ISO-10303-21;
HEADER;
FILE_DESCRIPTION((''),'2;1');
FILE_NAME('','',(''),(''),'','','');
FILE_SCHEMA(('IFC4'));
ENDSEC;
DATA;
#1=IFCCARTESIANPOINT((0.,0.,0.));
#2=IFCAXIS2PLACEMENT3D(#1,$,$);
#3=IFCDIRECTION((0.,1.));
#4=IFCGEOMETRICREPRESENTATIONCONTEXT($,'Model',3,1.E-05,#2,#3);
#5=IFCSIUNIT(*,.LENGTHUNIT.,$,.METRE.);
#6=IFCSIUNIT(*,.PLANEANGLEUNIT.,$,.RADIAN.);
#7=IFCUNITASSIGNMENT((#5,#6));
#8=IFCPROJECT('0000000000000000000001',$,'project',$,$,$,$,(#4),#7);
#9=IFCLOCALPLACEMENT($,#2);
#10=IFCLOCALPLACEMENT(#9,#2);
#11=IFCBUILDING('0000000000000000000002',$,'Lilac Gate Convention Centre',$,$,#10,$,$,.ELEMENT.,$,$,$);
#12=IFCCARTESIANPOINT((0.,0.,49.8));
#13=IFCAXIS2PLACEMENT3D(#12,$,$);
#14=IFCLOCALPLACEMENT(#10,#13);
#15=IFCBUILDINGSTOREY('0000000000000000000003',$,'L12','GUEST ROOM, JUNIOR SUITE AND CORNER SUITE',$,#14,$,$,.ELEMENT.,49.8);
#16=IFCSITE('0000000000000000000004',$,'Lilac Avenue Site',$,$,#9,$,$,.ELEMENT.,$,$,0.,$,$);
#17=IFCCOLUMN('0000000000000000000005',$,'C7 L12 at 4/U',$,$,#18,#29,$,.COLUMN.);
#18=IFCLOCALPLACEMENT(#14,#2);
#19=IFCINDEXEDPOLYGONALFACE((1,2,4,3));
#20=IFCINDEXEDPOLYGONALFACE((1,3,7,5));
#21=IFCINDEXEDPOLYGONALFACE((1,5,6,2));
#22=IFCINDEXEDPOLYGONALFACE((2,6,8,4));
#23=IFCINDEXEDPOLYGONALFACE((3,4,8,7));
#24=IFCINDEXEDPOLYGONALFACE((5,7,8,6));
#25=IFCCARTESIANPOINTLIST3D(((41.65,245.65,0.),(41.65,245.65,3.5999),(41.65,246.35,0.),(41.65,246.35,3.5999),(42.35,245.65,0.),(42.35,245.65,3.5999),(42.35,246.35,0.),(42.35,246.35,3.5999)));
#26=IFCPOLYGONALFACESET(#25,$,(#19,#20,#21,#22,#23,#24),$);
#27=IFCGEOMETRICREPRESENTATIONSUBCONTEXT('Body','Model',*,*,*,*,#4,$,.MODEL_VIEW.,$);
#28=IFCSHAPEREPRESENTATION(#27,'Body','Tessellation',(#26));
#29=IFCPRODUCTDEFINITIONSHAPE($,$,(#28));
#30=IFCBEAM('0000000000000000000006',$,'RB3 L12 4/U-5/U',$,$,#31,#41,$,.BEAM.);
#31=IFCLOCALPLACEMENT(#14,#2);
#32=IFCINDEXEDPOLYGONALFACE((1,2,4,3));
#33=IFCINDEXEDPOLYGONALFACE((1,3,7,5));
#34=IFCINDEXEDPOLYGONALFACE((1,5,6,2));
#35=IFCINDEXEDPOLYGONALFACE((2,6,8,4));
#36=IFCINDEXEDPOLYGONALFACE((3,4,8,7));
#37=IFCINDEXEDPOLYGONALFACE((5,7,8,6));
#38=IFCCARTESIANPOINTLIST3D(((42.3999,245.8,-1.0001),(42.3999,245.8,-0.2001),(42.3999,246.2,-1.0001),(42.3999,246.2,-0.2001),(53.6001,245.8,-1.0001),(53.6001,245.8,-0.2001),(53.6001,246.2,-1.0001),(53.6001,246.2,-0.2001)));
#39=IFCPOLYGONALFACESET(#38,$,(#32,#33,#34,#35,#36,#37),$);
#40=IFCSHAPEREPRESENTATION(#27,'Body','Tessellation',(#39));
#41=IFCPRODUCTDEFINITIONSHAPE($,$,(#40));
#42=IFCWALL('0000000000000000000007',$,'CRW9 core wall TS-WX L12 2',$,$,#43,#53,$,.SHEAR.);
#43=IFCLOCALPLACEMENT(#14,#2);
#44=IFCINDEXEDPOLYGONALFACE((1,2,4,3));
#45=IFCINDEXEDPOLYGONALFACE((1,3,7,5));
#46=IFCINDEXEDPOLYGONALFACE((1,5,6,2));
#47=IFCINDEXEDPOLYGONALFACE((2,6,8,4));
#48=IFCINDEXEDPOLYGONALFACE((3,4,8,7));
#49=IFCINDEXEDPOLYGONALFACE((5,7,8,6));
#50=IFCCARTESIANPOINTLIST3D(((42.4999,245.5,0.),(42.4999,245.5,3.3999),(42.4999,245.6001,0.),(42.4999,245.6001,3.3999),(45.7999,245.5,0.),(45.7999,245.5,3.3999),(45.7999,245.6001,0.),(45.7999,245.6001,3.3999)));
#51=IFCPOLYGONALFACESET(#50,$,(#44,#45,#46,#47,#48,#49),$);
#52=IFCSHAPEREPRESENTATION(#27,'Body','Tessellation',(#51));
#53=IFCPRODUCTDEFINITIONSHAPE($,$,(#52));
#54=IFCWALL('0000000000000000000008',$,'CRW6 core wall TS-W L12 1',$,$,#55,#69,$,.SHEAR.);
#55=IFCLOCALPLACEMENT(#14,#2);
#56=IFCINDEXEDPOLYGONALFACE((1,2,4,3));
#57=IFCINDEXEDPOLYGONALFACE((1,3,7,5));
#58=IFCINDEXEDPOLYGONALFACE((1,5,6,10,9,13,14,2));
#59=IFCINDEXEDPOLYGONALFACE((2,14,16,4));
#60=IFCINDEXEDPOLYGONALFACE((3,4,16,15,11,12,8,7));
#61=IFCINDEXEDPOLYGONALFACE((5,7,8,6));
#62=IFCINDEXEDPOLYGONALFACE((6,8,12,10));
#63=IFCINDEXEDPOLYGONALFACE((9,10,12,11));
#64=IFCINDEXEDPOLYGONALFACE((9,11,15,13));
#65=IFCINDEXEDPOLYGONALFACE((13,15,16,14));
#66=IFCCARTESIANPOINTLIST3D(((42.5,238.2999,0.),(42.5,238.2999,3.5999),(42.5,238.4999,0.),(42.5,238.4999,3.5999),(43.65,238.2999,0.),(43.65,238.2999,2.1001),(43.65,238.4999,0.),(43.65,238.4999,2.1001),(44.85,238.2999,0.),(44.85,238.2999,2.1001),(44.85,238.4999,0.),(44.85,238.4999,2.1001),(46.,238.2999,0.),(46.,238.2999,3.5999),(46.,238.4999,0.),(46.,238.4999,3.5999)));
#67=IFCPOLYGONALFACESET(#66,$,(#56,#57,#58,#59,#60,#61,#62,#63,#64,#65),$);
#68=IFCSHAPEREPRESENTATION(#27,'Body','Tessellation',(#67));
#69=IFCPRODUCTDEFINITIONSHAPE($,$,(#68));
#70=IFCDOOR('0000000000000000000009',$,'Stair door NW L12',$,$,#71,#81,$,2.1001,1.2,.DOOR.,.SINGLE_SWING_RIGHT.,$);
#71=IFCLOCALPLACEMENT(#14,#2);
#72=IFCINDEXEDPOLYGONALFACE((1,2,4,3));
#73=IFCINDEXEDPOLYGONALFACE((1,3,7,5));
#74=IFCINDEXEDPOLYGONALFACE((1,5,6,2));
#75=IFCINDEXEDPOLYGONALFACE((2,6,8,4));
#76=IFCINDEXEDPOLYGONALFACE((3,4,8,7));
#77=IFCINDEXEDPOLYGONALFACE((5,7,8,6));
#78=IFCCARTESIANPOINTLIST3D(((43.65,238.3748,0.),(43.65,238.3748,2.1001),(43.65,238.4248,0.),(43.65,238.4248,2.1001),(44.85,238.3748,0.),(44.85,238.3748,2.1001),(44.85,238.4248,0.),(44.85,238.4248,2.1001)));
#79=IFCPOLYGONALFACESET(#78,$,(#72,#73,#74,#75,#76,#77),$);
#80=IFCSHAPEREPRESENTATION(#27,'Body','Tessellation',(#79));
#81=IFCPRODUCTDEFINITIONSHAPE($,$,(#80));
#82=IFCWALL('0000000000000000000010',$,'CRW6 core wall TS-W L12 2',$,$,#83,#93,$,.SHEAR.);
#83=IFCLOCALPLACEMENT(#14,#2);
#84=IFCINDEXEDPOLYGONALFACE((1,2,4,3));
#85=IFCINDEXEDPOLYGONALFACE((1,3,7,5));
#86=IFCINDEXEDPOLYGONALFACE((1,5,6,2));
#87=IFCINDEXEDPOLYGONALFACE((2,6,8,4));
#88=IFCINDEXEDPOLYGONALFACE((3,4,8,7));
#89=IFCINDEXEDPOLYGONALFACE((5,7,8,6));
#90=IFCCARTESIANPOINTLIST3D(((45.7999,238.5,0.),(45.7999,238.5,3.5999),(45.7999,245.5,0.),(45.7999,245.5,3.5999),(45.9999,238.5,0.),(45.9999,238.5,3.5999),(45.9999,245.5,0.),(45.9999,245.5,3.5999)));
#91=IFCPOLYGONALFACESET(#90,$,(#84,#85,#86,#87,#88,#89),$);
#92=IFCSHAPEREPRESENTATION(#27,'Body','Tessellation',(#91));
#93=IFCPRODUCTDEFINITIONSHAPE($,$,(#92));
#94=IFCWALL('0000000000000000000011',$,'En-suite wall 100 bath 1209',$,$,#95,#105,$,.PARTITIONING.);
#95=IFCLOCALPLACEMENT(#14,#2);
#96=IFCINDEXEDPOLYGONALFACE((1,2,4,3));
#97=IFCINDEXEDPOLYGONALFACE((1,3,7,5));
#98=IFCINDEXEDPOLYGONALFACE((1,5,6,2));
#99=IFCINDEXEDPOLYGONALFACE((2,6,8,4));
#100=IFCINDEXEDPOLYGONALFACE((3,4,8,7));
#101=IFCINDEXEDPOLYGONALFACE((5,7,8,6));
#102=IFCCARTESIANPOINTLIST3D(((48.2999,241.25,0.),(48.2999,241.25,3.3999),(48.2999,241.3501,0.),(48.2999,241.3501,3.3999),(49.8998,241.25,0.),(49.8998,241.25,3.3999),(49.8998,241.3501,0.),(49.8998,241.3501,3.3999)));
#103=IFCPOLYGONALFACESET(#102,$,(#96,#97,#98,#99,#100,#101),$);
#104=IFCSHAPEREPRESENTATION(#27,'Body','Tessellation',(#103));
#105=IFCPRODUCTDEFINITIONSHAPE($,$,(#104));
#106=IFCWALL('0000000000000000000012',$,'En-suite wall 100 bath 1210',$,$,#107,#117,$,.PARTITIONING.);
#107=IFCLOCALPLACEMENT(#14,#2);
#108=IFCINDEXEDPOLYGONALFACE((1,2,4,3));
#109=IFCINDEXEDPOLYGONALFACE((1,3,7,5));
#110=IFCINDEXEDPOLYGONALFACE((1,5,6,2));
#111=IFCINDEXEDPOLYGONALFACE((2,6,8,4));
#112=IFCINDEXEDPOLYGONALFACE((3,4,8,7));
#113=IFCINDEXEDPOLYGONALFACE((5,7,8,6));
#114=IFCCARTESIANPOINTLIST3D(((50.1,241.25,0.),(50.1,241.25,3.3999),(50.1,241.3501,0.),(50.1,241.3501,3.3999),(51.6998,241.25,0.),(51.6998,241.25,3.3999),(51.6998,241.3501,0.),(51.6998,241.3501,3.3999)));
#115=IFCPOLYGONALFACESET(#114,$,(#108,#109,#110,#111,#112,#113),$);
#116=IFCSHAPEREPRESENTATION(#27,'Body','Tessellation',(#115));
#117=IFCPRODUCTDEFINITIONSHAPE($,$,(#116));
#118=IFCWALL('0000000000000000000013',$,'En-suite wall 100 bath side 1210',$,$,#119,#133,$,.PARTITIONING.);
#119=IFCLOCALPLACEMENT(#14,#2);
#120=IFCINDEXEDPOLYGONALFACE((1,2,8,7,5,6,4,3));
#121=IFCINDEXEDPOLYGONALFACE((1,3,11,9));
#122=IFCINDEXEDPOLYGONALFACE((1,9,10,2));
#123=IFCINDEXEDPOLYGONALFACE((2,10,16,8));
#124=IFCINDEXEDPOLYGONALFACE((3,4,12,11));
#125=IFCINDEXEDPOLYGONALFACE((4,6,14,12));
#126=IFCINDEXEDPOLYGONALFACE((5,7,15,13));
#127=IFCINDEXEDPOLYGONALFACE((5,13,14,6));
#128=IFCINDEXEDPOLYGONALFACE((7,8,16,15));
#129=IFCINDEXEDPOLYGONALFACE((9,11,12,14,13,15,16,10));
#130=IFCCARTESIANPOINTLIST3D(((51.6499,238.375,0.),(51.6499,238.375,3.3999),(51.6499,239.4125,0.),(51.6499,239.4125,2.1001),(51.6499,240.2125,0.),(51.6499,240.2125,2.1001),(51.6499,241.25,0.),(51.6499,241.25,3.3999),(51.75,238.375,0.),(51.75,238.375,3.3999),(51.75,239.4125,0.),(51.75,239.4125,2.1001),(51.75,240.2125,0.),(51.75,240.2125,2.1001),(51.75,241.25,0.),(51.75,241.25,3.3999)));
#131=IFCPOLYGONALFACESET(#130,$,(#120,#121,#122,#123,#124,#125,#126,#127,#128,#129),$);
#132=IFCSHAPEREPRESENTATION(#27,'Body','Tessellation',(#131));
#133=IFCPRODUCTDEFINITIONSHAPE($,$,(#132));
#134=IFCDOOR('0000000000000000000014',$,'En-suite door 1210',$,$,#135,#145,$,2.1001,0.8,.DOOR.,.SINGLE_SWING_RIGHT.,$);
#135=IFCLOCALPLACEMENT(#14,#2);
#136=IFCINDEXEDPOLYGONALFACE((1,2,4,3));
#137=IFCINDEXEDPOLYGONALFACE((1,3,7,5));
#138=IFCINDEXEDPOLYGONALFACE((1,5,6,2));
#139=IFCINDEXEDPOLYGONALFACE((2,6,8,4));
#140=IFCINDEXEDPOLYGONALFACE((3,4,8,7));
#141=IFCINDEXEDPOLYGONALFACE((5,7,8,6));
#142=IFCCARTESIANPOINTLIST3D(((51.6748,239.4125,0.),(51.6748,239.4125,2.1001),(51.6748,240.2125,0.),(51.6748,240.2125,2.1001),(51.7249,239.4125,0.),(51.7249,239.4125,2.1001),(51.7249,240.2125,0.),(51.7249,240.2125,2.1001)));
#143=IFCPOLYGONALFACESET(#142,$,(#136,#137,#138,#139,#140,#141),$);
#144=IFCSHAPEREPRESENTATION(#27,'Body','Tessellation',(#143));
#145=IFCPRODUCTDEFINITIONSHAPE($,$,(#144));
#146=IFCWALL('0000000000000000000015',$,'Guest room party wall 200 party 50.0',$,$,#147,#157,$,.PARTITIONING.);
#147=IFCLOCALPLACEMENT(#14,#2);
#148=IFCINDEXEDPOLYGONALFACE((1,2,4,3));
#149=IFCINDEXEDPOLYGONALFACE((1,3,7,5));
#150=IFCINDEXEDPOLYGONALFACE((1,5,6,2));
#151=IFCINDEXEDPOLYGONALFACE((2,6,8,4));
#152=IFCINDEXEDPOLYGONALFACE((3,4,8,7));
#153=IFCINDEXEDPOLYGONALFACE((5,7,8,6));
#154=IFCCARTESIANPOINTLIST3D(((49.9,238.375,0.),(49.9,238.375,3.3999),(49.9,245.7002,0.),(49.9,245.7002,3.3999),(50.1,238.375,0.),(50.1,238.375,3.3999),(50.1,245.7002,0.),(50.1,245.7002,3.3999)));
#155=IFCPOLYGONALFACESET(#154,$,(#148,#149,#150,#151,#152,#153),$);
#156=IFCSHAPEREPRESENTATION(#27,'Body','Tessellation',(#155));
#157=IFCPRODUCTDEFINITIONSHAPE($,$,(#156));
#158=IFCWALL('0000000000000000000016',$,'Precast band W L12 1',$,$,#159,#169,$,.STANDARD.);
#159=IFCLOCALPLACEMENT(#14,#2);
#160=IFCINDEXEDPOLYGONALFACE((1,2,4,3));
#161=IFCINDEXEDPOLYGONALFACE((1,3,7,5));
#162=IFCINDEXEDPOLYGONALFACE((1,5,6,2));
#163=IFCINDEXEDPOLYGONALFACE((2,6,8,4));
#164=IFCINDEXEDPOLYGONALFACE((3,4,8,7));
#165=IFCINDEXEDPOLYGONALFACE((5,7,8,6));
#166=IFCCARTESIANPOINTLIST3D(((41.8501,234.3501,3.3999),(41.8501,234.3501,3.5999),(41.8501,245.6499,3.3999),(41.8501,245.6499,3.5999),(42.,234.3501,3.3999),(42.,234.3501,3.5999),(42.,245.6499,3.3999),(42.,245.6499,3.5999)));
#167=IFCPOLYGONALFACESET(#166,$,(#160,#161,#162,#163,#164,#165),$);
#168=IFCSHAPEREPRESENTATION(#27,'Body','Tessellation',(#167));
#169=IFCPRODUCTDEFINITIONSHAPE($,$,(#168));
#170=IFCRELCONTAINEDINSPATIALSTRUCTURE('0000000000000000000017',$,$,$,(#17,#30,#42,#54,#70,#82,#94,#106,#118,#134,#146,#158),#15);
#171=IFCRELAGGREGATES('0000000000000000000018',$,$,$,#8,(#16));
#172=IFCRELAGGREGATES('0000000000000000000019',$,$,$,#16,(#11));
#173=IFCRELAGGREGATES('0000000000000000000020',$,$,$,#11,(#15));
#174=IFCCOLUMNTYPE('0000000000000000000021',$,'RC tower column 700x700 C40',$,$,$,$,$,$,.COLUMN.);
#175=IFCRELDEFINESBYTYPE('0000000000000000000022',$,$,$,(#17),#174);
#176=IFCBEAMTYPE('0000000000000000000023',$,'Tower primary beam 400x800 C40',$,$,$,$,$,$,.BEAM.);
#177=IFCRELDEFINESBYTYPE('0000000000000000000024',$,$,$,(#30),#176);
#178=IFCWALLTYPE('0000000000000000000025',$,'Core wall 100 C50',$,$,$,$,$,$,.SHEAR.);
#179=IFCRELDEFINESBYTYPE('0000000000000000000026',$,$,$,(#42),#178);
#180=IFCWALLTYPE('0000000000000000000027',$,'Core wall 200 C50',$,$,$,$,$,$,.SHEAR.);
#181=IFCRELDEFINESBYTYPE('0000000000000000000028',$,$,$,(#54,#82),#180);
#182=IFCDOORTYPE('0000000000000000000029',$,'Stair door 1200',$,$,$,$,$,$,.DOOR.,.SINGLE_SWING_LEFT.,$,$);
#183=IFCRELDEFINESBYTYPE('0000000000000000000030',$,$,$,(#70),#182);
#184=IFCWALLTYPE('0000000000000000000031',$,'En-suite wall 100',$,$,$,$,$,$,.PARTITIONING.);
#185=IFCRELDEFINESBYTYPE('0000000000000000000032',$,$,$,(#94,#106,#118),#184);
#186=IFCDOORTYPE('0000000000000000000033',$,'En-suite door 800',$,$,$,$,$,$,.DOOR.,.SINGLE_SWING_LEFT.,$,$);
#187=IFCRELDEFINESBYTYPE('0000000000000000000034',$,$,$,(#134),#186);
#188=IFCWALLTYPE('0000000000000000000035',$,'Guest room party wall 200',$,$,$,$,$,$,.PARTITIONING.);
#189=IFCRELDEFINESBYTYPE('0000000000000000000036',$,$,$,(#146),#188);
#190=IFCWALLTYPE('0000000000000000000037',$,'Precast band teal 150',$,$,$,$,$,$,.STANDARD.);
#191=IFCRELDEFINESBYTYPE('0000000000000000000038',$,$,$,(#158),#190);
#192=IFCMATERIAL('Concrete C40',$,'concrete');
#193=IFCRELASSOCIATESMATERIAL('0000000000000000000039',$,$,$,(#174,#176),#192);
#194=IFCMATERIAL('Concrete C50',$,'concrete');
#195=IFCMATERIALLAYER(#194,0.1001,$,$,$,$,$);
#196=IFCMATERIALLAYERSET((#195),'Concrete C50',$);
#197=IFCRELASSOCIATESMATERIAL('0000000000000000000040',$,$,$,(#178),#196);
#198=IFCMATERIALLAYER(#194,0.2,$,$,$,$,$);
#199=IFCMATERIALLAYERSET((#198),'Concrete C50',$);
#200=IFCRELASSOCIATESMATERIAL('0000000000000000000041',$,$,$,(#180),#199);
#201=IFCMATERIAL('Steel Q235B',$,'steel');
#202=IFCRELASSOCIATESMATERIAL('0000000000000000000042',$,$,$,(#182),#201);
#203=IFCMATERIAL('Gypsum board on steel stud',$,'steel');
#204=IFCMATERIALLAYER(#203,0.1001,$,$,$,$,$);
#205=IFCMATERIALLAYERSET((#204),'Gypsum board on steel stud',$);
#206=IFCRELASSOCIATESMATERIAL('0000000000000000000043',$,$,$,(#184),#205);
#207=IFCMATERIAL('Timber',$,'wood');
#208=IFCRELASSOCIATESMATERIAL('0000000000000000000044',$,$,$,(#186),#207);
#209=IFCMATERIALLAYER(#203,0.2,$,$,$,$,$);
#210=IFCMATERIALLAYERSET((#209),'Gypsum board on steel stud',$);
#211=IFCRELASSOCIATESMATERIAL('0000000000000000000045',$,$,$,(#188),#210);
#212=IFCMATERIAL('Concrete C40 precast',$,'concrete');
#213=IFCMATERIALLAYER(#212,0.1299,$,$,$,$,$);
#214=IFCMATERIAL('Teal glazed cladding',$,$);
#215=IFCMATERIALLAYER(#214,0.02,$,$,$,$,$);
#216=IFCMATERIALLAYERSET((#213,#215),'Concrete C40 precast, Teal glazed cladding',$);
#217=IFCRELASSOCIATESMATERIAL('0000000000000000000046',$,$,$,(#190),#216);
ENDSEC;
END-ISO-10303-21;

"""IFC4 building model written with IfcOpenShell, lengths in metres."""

from ifc_helpers import new_model, si_unit, direction, frame, frame_2d, origin, origin_2d, place, context, subcontext, project, spatial, rectangle, extrude, material, layer, layer_set, material_profile, profile_set, type_object, element, fill, save


model = new_model("IFC4")

# Units and contexts
model_context = context("Model", 3, precision=1e-05, world=origin(), true_north=direction((0.0, 1.0)))
body_context = subcontext(model_context, "Body", "Model", "MODEL_VIEW")
ifc_project = project(units=[si_unit("LENGTHUNIT", "METRE"), si_unit("PLANEANGLEUNIT", "RADIAN")], contexts=[model_context])

# Site, building, storey
site_placement = place(None, origin())
site = spatial("IfcSite", under=ifc_project, at=site_placement, Name="Lilac Avenue Site", CompositionType="ELEMENT", RefElevation=0.0)
building_placement = place(site_placement, origin())
building = spatial("IfcBuilding", under=site, at=building_placement, Name="Lilac Gate Convention Centre", CompositionType="ELEMENT")
storey_placement = place(building_placement, frame((0.0, 0.0, 49.8)))
storey = spatial("IfcBuildingStorey", under=building, at=storey_placement, Name="L12", Description="GUEST ROOM, JUNIOR SUITE AND CORNER SUITE", CompositionType="ELEMENT", Elevation=49.8)

# Column
ifc_material_1 = material(Name="Concrete C40", Category="concrete")
ifc_material_profile_1 = material_profile(ifc_material_1, rectangle(XDim=0.7, YDim=0.7, at=origin_2d()), Name="RC 700x700")
ifc_profile_set_1 = profile_set([ifc_material_profile_1], Name="Concrete C40")
column_type = type_object("IfcColumnType", Name="RC tower column 700x700 C40", PredefinedType="COLUMN", material=ifc_profile_set_1)
column_placement = place(storey_placement, frame((42.0, 246.0, 0.0), z_axis=(0.0, 0.0, 1.0), x_axis=(1.0, 0.0, 0.0)))
element("IfcColumn", 1, at=column_placement, inside=storey, type_object=column_type, Name="C7 L12 at 4/U", PredefinedType="COLUMN", context=body_context, shape_type="SweptSolid", body=[
    extrude(rectangle(XDim=0.7, YDim=0.7, at=origin_2d()), origin(), (0.0, 0.0, 1.0), 3.5999),
])

# Beam
ifc_material_profile_2 = material_profile(ifc_material_1, rectangle(XDim=0.3999, YDim=0.8, at=origin_2d()), Name="RC 400x800")
ifc_profile_set_2 = profile_set([ifc_material_profile_2], Name="Concrete C40")
beam_type = type_object("IfcBeamType", Name="Tower primary beam 400x800 C40", PredefinedType="BEAM", material=ifc_profile_set_2)
beam_placement = place(storey_placement, frame((42.3999, 246.0, -0.6001), z_axis=(1.0, 0.0, 0.0), x_axis=(0.0, 1.0, 0.0)))
element("IfcBeam", 2, at=beam_placement, inside=storey, type_object=beam_type, Name="RB3 L12 4/U-5/U", PredefinedType="BEAM", context=body_context, shape_type="SweptSolid", body=[
    extrude(rectangle(XDim=0.3999, YDim=0.8, at=origin_2d()), origin(), (0.0, 0.0, 1.0), 11.2002),
])

# Wall
ifc_material_2 = material(Name="Concrete C50", Category="concrete")
ifc_layer_1 = layer(ifc_material_2, 0.1001)
ifc_layer_set_1 = layer_set([ifc_layer_1], Name="Concrete C50")
wall_type_1 = type_object("IfcWallType", Name="Core wall 100 C50", PredefinedType="SHEAR", material=ifc_layer_set_1)
wall_1_placement = place(storey_placement, frame((42.5, 245.55, 0.0), z_axis=(0.0, 0.0, 1.0), x_axis=(1.0, 0.0, 0.0)))
element("IfcWall", 3, at=wall_1_placement, inside=storey, type_object=wall_type_1, Name="CRW9 core wall TS-WX L12 2", PredefinedType="SHEAR", context=body_context, shape_type="SweptSolid", body=[
    extrude(rectangle(XDim=3.3, YDim=0.1001, at=frame_2d((1.6499, 0.0))), origin(), (0.0, 0.0, 1.0), 3.3999),
])

# Wall, opening, door
ifc_layer_2 = layer(ifc_material_2, 0.2)
ifc_layer_set_2 = layer_set([ifc_layer_2], Name="Concrete C50")
wall_type_2 = type_object("IfcWallType", Name="Core wall 200 C50", PredefinedType="SHEAR", material=ifc_layer_set_2)
wall_2_placement = place(storey_placement, frame((42.5, 238.3999, 0.0), z_axis=(0.0, 0.0, 1.0), x_axis=(1.0, 0.0, 0.0)))
wall_2 = element("IfcWall", 4, at=wall_2_placement, inside=storey, type_object=wall_type_2, Name="CRW6 core wall TS-W L12 1", PredefinedType="SHEAR", context=body_context, shape_type="SweptSolid", body=[
    extrude(rectangle(XDim=3.5, YDim=0.2, at=frame_2d((1.75, 0.0))), origin(), (0.0, 0.0, 1.0), 3.5999),
])
opening_1_placement = place(wall_2_placement, frame((1.1499, 0.0, 0.0)))
opening_1 = element("IfcOpeningElement", 5, at=opening_1_placement, cuts=wall_2, PredefinedType="OPENING", context=body_context, shape_type="SweptSolid", body=[
    extrude(rectangle(XDim=1.2, YDim=2.1001, at=frame_2d((0.6001, 1.05))), frame((0.0, 0.1099, 0.0), z_axis=(0.0, -1.0, 0.0), x_axis=(1.0, 0.0, 0.0)), (0.0, 0.0, 1.0), 0.22),
])
ifc_material_3 = material(Name="Steel Q235B", Category="steel")
door_type_1 = type_object("IfcDoorType", Name="Stair door 1200", OperationType="SINGLE_SWING_LEFT", PredefinedType="DOOR", material=ifc_material_3)
door_1_placement = place(opening_1_placement, origin())
door_1 = element("IfcDoor", 6, at=door_1_placement, inside=storey, type_object=door_type_1, Name="Stair door NW L12", OperationType="SINGLE_SWING_RIGHT", OverallHeight=2.1001, OverallWidth=1.2, PredefinedType="DOOR", context=body_context, shape_type="SweptSolid", body=[
    extrude(rectangle(XDim=1.2, YDim=2.1001, at=frame_2d((0.6001, 1.05))), frame((0.0, 0.0249, 0.0), z_axis=(0.0, -1.0, 0.0), x_axis=(1.0, 0.0, 0.0)), (0.0, 0.0, 1.0), 0.05),
])
fill(opening_1, door_1)

# Walls
wall_3_placement = place(storey_placement, frame((45.8999, 238.5, 0.0), z_axis=(0.0, 0.0, 1.0), x_axis=(0.0, 1.0, 0.0)))
element("IfcWall", 7, at=wall_3_placement, inside=storey, type_object=wall_type_2, Name="CRW6 core wall TS-W L12 2", PredefinedType="SHEAR", context=body_context, shape_type="SweptSolid", body=[
    extrude(rectangle(XDim=7.0, YDim=0.2, at=frame_2d((3.5, 0.0))), origin(), (0.0, 0.0, 1.0), 3.5999),
])
ifc_material_4 = material(Name="Gypsum board on steel stud", Category="steel")
ifc_layer_3 = layer(ifc_material_4, 0.1001)
ifc_layer_set_3 = layer_set([ifc_layer_3], Name="Gypsum board on steel stud")
wall_type_3 = type_object("IfcWallType", Name="En-suite wall 100", PredefinedType="PARTITIONING", material=ifc_layer_set_3)
for number, where, z_axis, x_axis, name in (
    (8, (48.3, 241.3, 0.0), (0.0, 0.0, 1.0), (1.0, 0.0, 0.0), "En-suite wall 100 bath 1209"),
    (9, (50.1001, 241.3, 0.0), (0.0, 0.0, 1.0), (1.0, 0.0, 0.0), "En-suite wall 100 bath 1210"),
):
    element("IfcWall", number, at=place(storey_placement, frame(where, z_axis=z_axis, x_axis=x_axis)), inside=storey, type_object=wall_type_3, Name=name, PredefinedType="PARTITIONING", context=body_context, shape_type="SweptSolid", body=[
        extrude(rectangle(XDim=1.5999, YDim=0.1001, at=frame_2d((0.7998, 0.0))), origin(), (0.0, 0.0, 1.0), 3.3999),
    ])

# Wall, opening, door
wall_4_placement = place(storey_placement, frame((51.7, 241.25, 0.0), z_axis=(0.0, 0.0, 1.0), x_axis=(0.0, -1.0, 0.0)))
wall_4 = element("IfcWall", 10, at=wall_4_placement, inside=storey, type_object=wall_type_3, Name="En-suite wall 100 bath side 1210", PredefinedType="PARTITIONING", context=body_context, shape_type="SweptSolid", body=[
    extrude(rectangle(XDim=2.875, YDim=0.1001, at=frame_2d((1.4375, 0.0))), origin(), (0.0, 0.0, 1.0), 3.3999),
])
opening_2_placement = place(wall_4_placement, frame((1.0376, 0.0, 0.0)))
opening_2 = element("IfcOpeningElement", 11, at=opening_2_placement, cuts=wall_4, PredefinedType="OPENING", context=body_context, shape_type="SweptSolid", body=[
    extrude(rectangle(XDim=0.8, YDim=2.1001, at=frame_2d((0.3999, 1.05))), frame((0.0, 0.0601, 0.0), z_axis=(0.0, -1.0, 0.0), x_axis=(1.0, 0.0, 0.0)), (0.0, 0.0, 1.0), 0.1201),
])
ifc_material_5 = material(Name="Timber", Category="wood")
door_type_2 = type_object("IfcDoorType", Name="En-suite door 800", OperationType="SINGLE_SWING_LEFT", PredefinedType="DOOR", material=ifc_material_5)
door_2_placement = place(opening_2_placement, origin())
door_2 = element("IfcDoor", 12, at=door_2_placement, inside=storey, type_object=door_type_2, Name="En-suite door 1210", OperationType="SINGLE_SWING_RIGHT", OverallHeight=2.1001, OverallWidth=0.8, PredefinedType="DOOR", context=body_context, shape_type="SweptSolid", body=[
    extrude(rectangle(XDim=0.8, YDim=2.1001, at=frame_2d((0.3999, 1.05))), frame((0.0, 0.0249, 0.0), z_axis=(0.0, -1.0, 0.0), x_axis=(1.0, 0.0, 0.0)), (0.0, 0.0, 1.0), 0.05),
])
fill(opening_2, door_2)

# Walls
ifc_layer_4 = layer(ifc_material_4, 0.2)
ifc_layer_set_4 = layer_set([ifc_layer_4], Name="Gypsum board on steel stud")
wall_type_4 = type_object("IfcWallType", Name="Guest room party wall 200", PredefinedType="PARTITIONING", material=ifc_layer_set_4)
wall_5_placement = place(storey_placement, frame((50.0, 245.7002, 0.0), z_axis=(0.0, 0.0, 1.0), x_axis=(0.0, -1.0, 0.0)))
element("IfcWall", 13, at=wall_5_placement, inside=storey, type_object=wall_type_4, Name="Guest room party wall 200 party 50.0", PredefinedType="PARTITIONING", context=body_context, shape_type="SweptSolid", body=[
    extrude(rectangle(XDim=7.3252, YDim=0.2, at=frame_2d((3.6626, 0.0))), origin(), (0.0, 0.0, 1.0), 3.3999),
])
ifc_material_6 = material(Name="Concrete C40 precast", Category="concrete")
ifc_layer_5 = layer(ifc_material_6, 0.1299)
ifc_material_7 = material(Name="Teal glazed cladding")
ifc_layer_6 = layer(ifc_material_7, 0.02)
ifc_layer_set_5 = layer_set([ifc_layer_5, ifc_layer_6], Name="Concrete C40 precast, Teal glazed cladding")
wall_type_5 = type_object("IfcWallType", Name="Precast band teal 150", PredefinedType="STANDARD", material=ifc_layer_set_5)
wall_6_placement = place(storey_placement, frame((41.925, 245.6499, 3.3999), z_axis=(0.0, 0.0, 1.0), x_axis=(0.0, -1.0, 0.0)))
element("IfcWall", 14, at=wall_6_placement, inside=storey, type_object=wall_type_5, Name="Precast band W L12 1", PredefinedType="STANDARD", context=body_context, shape_type="SweptSolid", body=[
    extrude(rectangle(XDim=11.2998, YDim=0.1499, at=frame_2d((5.6499, 0.0))), origin(), (0.0, 0.0, 1.0), 0.2),
])

save(model, "model.ifc")
